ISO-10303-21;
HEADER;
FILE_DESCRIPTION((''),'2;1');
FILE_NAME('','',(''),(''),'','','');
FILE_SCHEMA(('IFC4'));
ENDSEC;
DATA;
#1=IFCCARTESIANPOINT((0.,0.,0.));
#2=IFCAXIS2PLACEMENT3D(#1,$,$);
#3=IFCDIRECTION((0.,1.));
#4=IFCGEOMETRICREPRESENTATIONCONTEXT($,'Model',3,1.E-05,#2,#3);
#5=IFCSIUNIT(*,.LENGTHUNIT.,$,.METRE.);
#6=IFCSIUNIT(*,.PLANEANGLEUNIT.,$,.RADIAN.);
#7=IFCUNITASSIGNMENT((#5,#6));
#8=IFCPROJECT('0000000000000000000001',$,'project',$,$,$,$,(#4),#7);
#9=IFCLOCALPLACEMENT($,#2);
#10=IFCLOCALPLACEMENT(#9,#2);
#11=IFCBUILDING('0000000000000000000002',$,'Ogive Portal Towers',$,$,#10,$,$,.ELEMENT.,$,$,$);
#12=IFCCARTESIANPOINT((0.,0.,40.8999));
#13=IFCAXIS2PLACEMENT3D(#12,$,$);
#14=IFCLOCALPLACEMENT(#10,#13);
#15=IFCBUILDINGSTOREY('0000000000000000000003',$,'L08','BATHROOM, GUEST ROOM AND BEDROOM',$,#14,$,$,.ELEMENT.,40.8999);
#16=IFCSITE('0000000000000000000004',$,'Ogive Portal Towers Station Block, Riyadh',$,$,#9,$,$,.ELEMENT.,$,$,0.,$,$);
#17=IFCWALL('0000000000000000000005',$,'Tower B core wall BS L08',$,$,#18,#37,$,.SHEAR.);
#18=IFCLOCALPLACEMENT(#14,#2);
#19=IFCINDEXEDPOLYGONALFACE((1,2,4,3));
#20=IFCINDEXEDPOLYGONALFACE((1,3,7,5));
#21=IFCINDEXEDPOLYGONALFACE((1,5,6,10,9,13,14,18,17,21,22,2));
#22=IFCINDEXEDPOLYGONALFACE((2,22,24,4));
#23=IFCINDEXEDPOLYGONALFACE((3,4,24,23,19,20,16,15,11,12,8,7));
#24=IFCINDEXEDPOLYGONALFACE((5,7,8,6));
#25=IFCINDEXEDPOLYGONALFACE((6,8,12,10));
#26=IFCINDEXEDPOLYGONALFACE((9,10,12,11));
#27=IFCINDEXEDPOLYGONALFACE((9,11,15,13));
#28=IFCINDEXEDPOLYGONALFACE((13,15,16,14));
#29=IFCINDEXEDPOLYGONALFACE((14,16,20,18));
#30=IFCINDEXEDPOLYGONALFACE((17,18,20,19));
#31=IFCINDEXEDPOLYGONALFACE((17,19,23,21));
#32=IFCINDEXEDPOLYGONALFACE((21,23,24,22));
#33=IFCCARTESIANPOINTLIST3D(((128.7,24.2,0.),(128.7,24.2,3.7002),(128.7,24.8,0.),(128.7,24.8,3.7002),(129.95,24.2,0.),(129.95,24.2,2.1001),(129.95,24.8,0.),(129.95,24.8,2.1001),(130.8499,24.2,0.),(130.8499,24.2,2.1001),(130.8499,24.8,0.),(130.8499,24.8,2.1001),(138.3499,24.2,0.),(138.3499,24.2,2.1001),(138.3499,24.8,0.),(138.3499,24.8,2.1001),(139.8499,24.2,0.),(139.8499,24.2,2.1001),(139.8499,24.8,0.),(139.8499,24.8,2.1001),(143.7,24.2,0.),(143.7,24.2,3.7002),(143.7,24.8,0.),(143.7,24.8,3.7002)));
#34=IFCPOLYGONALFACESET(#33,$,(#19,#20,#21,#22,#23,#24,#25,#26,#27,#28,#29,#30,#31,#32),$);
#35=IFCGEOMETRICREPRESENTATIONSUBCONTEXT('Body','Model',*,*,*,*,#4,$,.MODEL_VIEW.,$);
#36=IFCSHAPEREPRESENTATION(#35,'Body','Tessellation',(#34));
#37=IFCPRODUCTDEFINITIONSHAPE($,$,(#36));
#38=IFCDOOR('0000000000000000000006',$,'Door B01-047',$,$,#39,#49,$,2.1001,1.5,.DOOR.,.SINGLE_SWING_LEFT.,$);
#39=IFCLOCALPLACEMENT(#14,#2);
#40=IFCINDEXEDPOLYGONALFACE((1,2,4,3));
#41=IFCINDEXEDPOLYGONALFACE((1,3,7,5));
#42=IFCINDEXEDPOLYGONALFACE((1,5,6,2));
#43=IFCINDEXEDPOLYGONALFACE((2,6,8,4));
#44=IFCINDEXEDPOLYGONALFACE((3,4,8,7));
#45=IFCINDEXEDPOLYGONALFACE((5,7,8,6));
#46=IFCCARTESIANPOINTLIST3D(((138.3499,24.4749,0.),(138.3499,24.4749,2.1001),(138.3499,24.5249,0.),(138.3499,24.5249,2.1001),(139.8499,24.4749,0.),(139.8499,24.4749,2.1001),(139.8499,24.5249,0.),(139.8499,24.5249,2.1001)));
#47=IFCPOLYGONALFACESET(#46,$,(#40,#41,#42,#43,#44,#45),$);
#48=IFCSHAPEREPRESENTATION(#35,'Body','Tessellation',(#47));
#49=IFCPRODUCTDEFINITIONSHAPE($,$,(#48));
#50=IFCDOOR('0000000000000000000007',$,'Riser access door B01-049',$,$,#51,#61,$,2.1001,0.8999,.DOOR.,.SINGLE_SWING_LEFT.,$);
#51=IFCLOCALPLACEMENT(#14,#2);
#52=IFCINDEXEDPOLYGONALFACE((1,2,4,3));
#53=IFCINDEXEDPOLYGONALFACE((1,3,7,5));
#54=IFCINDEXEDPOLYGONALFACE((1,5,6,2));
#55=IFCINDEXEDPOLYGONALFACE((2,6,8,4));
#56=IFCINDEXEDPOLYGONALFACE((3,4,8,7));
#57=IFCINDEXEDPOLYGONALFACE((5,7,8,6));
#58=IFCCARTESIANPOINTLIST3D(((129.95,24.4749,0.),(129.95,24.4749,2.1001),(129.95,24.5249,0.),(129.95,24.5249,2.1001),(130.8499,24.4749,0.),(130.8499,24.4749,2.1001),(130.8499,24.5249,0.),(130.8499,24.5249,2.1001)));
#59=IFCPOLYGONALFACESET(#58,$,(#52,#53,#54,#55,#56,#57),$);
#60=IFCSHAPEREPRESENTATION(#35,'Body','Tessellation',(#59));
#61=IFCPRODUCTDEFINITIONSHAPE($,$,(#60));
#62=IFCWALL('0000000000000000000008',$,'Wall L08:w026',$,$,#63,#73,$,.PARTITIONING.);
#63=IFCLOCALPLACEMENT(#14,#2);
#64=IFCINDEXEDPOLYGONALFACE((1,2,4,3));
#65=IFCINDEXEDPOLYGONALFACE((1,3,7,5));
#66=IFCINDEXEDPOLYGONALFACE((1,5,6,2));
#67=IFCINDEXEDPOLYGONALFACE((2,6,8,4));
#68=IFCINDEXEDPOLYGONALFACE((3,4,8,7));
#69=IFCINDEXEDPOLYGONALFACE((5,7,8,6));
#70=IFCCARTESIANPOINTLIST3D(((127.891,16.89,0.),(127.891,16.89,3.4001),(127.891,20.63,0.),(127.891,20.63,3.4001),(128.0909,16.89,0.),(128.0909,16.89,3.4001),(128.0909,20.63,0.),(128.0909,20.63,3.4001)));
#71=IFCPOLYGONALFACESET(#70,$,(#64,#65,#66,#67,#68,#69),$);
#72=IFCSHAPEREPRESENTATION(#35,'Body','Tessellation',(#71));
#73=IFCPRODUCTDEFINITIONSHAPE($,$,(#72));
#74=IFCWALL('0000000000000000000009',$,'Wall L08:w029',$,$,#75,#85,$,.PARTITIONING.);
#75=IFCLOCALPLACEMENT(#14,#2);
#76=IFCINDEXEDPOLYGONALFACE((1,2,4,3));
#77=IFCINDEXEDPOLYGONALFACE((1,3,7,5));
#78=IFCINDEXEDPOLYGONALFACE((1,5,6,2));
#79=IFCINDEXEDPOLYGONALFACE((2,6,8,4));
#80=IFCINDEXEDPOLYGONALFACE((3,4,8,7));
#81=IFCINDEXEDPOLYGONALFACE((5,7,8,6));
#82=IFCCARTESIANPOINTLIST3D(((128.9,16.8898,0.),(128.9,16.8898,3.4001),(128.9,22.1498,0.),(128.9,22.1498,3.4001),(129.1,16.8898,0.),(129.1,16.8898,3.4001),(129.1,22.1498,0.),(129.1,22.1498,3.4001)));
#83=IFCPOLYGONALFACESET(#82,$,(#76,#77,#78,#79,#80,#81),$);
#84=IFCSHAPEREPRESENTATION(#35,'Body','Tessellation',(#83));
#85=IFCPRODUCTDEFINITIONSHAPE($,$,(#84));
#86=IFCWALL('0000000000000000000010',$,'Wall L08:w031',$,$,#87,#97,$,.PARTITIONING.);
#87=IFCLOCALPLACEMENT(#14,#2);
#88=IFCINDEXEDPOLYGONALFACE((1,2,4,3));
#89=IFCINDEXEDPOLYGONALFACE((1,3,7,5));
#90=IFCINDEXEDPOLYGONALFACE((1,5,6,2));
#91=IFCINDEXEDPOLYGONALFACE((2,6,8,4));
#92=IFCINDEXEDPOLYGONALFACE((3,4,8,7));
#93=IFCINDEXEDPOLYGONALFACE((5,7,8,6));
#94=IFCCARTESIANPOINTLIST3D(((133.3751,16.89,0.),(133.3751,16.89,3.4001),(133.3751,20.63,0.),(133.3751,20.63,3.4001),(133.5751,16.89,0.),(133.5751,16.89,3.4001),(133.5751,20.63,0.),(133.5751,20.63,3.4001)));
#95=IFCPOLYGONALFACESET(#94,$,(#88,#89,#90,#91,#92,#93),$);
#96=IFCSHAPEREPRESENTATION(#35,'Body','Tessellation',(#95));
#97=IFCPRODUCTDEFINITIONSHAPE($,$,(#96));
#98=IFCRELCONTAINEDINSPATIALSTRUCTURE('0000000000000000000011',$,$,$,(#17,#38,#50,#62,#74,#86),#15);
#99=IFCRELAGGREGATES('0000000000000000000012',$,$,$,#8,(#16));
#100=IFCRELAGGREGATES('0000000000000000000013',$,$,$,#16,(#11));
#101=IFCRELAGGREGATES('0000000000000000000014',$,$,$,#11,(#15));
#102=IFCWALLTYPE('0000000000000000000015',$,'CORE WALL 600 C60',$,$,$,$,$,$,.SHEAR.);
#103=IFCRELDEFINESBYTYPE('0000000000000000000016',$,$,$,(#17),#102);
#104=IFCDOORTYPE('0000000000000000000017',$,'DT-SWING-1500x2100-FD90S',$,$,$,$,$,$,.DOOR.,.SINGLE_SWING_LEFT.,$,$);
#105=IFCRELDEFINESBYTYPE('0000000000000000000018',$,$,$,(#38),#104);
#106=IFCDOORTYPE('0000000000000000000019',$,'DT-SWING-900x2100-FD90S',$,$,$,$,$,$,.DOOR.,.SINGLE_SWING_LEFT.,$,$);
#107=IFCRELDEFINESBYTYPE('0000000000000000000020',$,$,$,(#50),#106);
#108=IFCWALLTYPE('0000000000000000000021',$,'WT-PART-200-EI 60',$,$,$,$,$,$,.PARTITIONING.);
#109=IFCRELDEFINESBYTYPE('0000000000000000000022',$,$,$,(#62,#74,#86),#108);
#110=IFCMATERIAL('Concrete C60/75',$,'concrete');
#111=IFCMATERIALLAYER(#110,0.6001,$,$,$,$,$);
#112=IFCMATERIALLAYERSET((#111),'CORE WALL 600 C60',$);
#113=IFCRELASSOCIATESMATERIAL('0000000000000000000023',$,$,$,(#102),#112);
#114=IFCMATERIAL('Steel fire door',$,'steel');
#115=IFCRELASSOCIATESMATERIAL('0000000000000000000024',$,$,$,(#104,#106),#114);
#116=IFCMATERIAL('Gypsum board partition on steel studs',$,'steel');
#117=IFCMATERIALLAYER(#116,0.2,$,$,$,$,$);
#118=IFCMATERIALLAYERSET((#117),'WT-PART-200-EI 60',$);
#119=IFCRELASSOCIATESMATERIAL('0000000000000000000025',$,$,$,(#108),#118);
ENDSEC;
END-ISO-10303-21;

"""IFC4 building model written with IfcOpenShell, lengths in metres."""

from ifc_helpers import new_model, si_unit, direction, frame, frame_2d, origin, place, context, subcontext, project, spatial, rectangle, extrude, material, layer, layer_set, type_object, element, fill, save


model = new_model("IFC4")

# Units and contexts
model_context = context("Model", 3, precision=1e-05, world=origin(), true_north=direction((0.0, 1.0)))
body_context = subcontext(model_context, "Body", "Model", "MODEL_VIEW")
ifc_project = project(units=[si_unit("LENGTHUNIT", "METRE"), si_unit("PLANEANGLEUNIT", "RADIAN")], contexts=[model_context])

# Site, building, storey
site_placement = place(None, origin())
site = spatial("IfcSite", under=ifc_project, at=site_placement, Name="Ogive Portal Towers Station Block, Riyadh", CompositionType="ELEMENT", RefElevation=0.0)
building_placement = place(site_placement, origin())
building = spatial("IfcBuilding", under=site, at=building_placement, Name="Ogive Portal Towers", CompositionType="ELEMENT")
storey_placement = place(building_placement, frame((0.0, 0.0, 40.8999)))
storey = spatial("IfcBuildingStorey", under=building, at=storey_placement, Name="L08", Description="BATHROOM, GUEST ROOM AND BEDROOM", CompositionType="ELEMENT", Elevation=40.8999)

# Shared definitions
ifc_material_1 = material(Name="Concrete C60/75", Category="concrete")

# Shared definitions
ifc_material_2 = material(Name="Steel fire door", Category="steel")

# Shared definitions
ifc_layer_1 = layer(ifc_material_1, 0.6001)
ifc_layer_set_1 = layer_set([ifc_layer_1], Name="CORE WALL 600 C60")
wall_type_1 = type_object("IfcWallType", Name="CORE WALL 600 C60", PredefinedType="SHEAR", material=ifc_layer_set_1)

# Wall, openings, doors
wall_1_placement = place(storey_placement, frame((128.7, 24.5, 0.0), z_axis=(0.0, 0.0, 1.0), x_axis=(1.0, 0.0, 0.0)))
wall_1 = element("IfcWall", 1, at=wall_1_placement, inside=storey, type_object=wall_type_1, Name="Tower B core wall BS L08", PredefinedType="SHEAR", context=body_context, shape_type="SweptSolid", body=[
    extrude(rectangle(XDim=15.0, YDim=0.6001, at=frame_2d((7.5, 0.0))), origin(), (0.0, 0.0, 1.0), 3.7002),
])
opening_1_placement = place(wall_1_placement, frame((9.6499, 0.0, 0.0)))
opening_1 = element("IfcOpeningElement", 2, at=opening_1_placement, cuts=wall_1, PredefinedType="OPENING", context=body_context, shape_type="SweptSolid", body=[
    extrude(rectangle(XDim=1.5, YDim=2.1001, at=frame_2d((0.75, 1.05))), frame((0.0, 0.3101, 0.0), z_axis=(0.0, -1.0, 0.0), x_axis=(1.0, 0.0, 0.0)), (0.0, 0.0, 1.0), 0.6201),
])
opening_2_placement = place(wall_1_placement, frame((1.25, 0.0, 0.0)))
opening_2 = element("IfcOpeningElement", 3, at=opening_2_placement, cuts=wall_1, PredefinedType="OPENING", context=body_context, shape_type="SweptSolid", body=[
    extrude(rectangle(XDim=0.8999, YDim=2.1001, at=frame_2d((0.45, 1.05))), frame((0.0, 0.3101, 0.0), z_axis=(0.0, -1.0, 0.0), x_axis=(1.0, 0.0, 0.0)), (0.0, 0.0, 1.0), 0.6201),
])
door_type_1 = type_object("IfcDoorType", Name="DT-SWING-1500x2100-FD90S", OperationType="SINGLE_SWING_LEFT", PredefinedType="DOOR", material=ifc_material_2)
door_1_placement = place(opening_1_placement, origin())
door_1 = element("IfcDoor", 4, at=door_1_placement, inside=storey, type_object=door_type_1, Name="Door B01-047", OperationType="SINGLE_SWING_LEFT", OverallHeight=2.1001, OverallWidth=1.5, PredefinedType="DOOR", context=body_context, shape_type="SweptSolid", body=[
    extrude(rectangle(XDim=1.5, YDim=2.1001, at=frame_2d((0.75, 1.05))), frame((0.0, 0.0249, 0.0), z_axis=(0.0, -1.0, 0.0), x_axis=(1.0, 0.0, 0.0)), (0.0, 0.0, 1.0), 0.05),
])
fill(opening_1, door_1)
door_type_2 = type_object("IfcDoorType", Name="DT-SWING-900x2100-FD90S", OperationType="SINGLE_SWING_LEFT", PredefinedType="DOOR", material=ifc_material_2)
door_2_placement = place(opening_2_placement, origin())
door_2 = element("IfcDoor", 5, at=door_2_placement, inside=storey, type_object=door_type_2, Name="Riser access door B01-049", OperationType="SINGLE_SWING_LEFT", OverallHeight=2.1001, OverallWidth=0.8999, PredefinedType="DOOR", context=body_context, shape_type="SweptSolid", body=[
    extrude(rectangle(XDim=0.8999, YDim=2.1001, at=frame_2d((0.45, 1.05))), frame((0.0, 0.0249, 0.0), z_axis=(0.0, -1.0, 0.0), x_axis=(1.0, 0.0, 0.0)), (0.0, 0.0, 1.0), 0.05),
])
fill(opening_2, door_2)

# Walls
ifc_material_3 = material(Name="Gypsum board partition on steel studs", Category="steel")
ifc_layer_2 = layer(ifc_material_3, 0.2)
ifc_layer_set_2 = layer_set([ifc_layer_2], Name="WT-PART-200-EI 60")
wall_type_2 = type_object("IfcWallType", Name="WT-PART-200-EI 60", PredefinedType="PARTITIONING", material=ifc_layer_set_2)
wall_2_placement = place(storey_placement, frame((127.991, 16.8899, 0.0), z_axis=(0.0, 0.0, 1.0), x_axis=(0.0, 1.0, 0.0)))
element("IfcWall", 6, at=wall_2_placement, inside=storey, type_object=wall_type_2, Name="Wall L08:w026", PredefinedType="PARTITIONING", context=body_context, shape_type="SweptSolid", body=[
    extrude(rectangle(XDim=3.74, YDim=0.2, at=frame_2d((1.8701, 0.0))), origin(), (0.0, 0.0, 1.0), 3.4001),
])
wall_3_placement = place(storey_placement, frame((129.0, 16.8899, 0.0), z_axis=(0.0, 0.0, 1.0), x_axis=(0.0, 1.0, 0.0)))
element("IfcWall", 7, at=wall_3_placement, inside=storey, type_object=wall_type_2, Name="Wall L08:w029", PredefinedType="PARTITIONING", context=body_context, shape_type="SweptSolid", body=[
    extrude(rectangle(XDim=5.26, YDim=0.2, at=frame_2d((2.6299, 0.0))), origin(), (0.0, 0.0, 1.0), 3.4001),
])
wall_4_placement = place(storey_placement, frame((133.4751, 16.8899, 0.0), z_axis=(0.0, 0.0, 1.0), x_axis=(0.0, 1.0, 0.0)))
element("IfcWall", 8, at=wall_4_placement, inside=storey, type_object=wall_type_2, Name="Wall L08:w031", PredefinedType="PARTITIONING", context=body_context, shape_type="SweptSolid", body=[
    extrude(rectangle(XDim=3.74, YDim=0.2, at=frame_2d((1.8701, 0.0))), origin(), (0.0, 0.0, 1.0), 3.4001),
])

save(model, "model.ifc")
